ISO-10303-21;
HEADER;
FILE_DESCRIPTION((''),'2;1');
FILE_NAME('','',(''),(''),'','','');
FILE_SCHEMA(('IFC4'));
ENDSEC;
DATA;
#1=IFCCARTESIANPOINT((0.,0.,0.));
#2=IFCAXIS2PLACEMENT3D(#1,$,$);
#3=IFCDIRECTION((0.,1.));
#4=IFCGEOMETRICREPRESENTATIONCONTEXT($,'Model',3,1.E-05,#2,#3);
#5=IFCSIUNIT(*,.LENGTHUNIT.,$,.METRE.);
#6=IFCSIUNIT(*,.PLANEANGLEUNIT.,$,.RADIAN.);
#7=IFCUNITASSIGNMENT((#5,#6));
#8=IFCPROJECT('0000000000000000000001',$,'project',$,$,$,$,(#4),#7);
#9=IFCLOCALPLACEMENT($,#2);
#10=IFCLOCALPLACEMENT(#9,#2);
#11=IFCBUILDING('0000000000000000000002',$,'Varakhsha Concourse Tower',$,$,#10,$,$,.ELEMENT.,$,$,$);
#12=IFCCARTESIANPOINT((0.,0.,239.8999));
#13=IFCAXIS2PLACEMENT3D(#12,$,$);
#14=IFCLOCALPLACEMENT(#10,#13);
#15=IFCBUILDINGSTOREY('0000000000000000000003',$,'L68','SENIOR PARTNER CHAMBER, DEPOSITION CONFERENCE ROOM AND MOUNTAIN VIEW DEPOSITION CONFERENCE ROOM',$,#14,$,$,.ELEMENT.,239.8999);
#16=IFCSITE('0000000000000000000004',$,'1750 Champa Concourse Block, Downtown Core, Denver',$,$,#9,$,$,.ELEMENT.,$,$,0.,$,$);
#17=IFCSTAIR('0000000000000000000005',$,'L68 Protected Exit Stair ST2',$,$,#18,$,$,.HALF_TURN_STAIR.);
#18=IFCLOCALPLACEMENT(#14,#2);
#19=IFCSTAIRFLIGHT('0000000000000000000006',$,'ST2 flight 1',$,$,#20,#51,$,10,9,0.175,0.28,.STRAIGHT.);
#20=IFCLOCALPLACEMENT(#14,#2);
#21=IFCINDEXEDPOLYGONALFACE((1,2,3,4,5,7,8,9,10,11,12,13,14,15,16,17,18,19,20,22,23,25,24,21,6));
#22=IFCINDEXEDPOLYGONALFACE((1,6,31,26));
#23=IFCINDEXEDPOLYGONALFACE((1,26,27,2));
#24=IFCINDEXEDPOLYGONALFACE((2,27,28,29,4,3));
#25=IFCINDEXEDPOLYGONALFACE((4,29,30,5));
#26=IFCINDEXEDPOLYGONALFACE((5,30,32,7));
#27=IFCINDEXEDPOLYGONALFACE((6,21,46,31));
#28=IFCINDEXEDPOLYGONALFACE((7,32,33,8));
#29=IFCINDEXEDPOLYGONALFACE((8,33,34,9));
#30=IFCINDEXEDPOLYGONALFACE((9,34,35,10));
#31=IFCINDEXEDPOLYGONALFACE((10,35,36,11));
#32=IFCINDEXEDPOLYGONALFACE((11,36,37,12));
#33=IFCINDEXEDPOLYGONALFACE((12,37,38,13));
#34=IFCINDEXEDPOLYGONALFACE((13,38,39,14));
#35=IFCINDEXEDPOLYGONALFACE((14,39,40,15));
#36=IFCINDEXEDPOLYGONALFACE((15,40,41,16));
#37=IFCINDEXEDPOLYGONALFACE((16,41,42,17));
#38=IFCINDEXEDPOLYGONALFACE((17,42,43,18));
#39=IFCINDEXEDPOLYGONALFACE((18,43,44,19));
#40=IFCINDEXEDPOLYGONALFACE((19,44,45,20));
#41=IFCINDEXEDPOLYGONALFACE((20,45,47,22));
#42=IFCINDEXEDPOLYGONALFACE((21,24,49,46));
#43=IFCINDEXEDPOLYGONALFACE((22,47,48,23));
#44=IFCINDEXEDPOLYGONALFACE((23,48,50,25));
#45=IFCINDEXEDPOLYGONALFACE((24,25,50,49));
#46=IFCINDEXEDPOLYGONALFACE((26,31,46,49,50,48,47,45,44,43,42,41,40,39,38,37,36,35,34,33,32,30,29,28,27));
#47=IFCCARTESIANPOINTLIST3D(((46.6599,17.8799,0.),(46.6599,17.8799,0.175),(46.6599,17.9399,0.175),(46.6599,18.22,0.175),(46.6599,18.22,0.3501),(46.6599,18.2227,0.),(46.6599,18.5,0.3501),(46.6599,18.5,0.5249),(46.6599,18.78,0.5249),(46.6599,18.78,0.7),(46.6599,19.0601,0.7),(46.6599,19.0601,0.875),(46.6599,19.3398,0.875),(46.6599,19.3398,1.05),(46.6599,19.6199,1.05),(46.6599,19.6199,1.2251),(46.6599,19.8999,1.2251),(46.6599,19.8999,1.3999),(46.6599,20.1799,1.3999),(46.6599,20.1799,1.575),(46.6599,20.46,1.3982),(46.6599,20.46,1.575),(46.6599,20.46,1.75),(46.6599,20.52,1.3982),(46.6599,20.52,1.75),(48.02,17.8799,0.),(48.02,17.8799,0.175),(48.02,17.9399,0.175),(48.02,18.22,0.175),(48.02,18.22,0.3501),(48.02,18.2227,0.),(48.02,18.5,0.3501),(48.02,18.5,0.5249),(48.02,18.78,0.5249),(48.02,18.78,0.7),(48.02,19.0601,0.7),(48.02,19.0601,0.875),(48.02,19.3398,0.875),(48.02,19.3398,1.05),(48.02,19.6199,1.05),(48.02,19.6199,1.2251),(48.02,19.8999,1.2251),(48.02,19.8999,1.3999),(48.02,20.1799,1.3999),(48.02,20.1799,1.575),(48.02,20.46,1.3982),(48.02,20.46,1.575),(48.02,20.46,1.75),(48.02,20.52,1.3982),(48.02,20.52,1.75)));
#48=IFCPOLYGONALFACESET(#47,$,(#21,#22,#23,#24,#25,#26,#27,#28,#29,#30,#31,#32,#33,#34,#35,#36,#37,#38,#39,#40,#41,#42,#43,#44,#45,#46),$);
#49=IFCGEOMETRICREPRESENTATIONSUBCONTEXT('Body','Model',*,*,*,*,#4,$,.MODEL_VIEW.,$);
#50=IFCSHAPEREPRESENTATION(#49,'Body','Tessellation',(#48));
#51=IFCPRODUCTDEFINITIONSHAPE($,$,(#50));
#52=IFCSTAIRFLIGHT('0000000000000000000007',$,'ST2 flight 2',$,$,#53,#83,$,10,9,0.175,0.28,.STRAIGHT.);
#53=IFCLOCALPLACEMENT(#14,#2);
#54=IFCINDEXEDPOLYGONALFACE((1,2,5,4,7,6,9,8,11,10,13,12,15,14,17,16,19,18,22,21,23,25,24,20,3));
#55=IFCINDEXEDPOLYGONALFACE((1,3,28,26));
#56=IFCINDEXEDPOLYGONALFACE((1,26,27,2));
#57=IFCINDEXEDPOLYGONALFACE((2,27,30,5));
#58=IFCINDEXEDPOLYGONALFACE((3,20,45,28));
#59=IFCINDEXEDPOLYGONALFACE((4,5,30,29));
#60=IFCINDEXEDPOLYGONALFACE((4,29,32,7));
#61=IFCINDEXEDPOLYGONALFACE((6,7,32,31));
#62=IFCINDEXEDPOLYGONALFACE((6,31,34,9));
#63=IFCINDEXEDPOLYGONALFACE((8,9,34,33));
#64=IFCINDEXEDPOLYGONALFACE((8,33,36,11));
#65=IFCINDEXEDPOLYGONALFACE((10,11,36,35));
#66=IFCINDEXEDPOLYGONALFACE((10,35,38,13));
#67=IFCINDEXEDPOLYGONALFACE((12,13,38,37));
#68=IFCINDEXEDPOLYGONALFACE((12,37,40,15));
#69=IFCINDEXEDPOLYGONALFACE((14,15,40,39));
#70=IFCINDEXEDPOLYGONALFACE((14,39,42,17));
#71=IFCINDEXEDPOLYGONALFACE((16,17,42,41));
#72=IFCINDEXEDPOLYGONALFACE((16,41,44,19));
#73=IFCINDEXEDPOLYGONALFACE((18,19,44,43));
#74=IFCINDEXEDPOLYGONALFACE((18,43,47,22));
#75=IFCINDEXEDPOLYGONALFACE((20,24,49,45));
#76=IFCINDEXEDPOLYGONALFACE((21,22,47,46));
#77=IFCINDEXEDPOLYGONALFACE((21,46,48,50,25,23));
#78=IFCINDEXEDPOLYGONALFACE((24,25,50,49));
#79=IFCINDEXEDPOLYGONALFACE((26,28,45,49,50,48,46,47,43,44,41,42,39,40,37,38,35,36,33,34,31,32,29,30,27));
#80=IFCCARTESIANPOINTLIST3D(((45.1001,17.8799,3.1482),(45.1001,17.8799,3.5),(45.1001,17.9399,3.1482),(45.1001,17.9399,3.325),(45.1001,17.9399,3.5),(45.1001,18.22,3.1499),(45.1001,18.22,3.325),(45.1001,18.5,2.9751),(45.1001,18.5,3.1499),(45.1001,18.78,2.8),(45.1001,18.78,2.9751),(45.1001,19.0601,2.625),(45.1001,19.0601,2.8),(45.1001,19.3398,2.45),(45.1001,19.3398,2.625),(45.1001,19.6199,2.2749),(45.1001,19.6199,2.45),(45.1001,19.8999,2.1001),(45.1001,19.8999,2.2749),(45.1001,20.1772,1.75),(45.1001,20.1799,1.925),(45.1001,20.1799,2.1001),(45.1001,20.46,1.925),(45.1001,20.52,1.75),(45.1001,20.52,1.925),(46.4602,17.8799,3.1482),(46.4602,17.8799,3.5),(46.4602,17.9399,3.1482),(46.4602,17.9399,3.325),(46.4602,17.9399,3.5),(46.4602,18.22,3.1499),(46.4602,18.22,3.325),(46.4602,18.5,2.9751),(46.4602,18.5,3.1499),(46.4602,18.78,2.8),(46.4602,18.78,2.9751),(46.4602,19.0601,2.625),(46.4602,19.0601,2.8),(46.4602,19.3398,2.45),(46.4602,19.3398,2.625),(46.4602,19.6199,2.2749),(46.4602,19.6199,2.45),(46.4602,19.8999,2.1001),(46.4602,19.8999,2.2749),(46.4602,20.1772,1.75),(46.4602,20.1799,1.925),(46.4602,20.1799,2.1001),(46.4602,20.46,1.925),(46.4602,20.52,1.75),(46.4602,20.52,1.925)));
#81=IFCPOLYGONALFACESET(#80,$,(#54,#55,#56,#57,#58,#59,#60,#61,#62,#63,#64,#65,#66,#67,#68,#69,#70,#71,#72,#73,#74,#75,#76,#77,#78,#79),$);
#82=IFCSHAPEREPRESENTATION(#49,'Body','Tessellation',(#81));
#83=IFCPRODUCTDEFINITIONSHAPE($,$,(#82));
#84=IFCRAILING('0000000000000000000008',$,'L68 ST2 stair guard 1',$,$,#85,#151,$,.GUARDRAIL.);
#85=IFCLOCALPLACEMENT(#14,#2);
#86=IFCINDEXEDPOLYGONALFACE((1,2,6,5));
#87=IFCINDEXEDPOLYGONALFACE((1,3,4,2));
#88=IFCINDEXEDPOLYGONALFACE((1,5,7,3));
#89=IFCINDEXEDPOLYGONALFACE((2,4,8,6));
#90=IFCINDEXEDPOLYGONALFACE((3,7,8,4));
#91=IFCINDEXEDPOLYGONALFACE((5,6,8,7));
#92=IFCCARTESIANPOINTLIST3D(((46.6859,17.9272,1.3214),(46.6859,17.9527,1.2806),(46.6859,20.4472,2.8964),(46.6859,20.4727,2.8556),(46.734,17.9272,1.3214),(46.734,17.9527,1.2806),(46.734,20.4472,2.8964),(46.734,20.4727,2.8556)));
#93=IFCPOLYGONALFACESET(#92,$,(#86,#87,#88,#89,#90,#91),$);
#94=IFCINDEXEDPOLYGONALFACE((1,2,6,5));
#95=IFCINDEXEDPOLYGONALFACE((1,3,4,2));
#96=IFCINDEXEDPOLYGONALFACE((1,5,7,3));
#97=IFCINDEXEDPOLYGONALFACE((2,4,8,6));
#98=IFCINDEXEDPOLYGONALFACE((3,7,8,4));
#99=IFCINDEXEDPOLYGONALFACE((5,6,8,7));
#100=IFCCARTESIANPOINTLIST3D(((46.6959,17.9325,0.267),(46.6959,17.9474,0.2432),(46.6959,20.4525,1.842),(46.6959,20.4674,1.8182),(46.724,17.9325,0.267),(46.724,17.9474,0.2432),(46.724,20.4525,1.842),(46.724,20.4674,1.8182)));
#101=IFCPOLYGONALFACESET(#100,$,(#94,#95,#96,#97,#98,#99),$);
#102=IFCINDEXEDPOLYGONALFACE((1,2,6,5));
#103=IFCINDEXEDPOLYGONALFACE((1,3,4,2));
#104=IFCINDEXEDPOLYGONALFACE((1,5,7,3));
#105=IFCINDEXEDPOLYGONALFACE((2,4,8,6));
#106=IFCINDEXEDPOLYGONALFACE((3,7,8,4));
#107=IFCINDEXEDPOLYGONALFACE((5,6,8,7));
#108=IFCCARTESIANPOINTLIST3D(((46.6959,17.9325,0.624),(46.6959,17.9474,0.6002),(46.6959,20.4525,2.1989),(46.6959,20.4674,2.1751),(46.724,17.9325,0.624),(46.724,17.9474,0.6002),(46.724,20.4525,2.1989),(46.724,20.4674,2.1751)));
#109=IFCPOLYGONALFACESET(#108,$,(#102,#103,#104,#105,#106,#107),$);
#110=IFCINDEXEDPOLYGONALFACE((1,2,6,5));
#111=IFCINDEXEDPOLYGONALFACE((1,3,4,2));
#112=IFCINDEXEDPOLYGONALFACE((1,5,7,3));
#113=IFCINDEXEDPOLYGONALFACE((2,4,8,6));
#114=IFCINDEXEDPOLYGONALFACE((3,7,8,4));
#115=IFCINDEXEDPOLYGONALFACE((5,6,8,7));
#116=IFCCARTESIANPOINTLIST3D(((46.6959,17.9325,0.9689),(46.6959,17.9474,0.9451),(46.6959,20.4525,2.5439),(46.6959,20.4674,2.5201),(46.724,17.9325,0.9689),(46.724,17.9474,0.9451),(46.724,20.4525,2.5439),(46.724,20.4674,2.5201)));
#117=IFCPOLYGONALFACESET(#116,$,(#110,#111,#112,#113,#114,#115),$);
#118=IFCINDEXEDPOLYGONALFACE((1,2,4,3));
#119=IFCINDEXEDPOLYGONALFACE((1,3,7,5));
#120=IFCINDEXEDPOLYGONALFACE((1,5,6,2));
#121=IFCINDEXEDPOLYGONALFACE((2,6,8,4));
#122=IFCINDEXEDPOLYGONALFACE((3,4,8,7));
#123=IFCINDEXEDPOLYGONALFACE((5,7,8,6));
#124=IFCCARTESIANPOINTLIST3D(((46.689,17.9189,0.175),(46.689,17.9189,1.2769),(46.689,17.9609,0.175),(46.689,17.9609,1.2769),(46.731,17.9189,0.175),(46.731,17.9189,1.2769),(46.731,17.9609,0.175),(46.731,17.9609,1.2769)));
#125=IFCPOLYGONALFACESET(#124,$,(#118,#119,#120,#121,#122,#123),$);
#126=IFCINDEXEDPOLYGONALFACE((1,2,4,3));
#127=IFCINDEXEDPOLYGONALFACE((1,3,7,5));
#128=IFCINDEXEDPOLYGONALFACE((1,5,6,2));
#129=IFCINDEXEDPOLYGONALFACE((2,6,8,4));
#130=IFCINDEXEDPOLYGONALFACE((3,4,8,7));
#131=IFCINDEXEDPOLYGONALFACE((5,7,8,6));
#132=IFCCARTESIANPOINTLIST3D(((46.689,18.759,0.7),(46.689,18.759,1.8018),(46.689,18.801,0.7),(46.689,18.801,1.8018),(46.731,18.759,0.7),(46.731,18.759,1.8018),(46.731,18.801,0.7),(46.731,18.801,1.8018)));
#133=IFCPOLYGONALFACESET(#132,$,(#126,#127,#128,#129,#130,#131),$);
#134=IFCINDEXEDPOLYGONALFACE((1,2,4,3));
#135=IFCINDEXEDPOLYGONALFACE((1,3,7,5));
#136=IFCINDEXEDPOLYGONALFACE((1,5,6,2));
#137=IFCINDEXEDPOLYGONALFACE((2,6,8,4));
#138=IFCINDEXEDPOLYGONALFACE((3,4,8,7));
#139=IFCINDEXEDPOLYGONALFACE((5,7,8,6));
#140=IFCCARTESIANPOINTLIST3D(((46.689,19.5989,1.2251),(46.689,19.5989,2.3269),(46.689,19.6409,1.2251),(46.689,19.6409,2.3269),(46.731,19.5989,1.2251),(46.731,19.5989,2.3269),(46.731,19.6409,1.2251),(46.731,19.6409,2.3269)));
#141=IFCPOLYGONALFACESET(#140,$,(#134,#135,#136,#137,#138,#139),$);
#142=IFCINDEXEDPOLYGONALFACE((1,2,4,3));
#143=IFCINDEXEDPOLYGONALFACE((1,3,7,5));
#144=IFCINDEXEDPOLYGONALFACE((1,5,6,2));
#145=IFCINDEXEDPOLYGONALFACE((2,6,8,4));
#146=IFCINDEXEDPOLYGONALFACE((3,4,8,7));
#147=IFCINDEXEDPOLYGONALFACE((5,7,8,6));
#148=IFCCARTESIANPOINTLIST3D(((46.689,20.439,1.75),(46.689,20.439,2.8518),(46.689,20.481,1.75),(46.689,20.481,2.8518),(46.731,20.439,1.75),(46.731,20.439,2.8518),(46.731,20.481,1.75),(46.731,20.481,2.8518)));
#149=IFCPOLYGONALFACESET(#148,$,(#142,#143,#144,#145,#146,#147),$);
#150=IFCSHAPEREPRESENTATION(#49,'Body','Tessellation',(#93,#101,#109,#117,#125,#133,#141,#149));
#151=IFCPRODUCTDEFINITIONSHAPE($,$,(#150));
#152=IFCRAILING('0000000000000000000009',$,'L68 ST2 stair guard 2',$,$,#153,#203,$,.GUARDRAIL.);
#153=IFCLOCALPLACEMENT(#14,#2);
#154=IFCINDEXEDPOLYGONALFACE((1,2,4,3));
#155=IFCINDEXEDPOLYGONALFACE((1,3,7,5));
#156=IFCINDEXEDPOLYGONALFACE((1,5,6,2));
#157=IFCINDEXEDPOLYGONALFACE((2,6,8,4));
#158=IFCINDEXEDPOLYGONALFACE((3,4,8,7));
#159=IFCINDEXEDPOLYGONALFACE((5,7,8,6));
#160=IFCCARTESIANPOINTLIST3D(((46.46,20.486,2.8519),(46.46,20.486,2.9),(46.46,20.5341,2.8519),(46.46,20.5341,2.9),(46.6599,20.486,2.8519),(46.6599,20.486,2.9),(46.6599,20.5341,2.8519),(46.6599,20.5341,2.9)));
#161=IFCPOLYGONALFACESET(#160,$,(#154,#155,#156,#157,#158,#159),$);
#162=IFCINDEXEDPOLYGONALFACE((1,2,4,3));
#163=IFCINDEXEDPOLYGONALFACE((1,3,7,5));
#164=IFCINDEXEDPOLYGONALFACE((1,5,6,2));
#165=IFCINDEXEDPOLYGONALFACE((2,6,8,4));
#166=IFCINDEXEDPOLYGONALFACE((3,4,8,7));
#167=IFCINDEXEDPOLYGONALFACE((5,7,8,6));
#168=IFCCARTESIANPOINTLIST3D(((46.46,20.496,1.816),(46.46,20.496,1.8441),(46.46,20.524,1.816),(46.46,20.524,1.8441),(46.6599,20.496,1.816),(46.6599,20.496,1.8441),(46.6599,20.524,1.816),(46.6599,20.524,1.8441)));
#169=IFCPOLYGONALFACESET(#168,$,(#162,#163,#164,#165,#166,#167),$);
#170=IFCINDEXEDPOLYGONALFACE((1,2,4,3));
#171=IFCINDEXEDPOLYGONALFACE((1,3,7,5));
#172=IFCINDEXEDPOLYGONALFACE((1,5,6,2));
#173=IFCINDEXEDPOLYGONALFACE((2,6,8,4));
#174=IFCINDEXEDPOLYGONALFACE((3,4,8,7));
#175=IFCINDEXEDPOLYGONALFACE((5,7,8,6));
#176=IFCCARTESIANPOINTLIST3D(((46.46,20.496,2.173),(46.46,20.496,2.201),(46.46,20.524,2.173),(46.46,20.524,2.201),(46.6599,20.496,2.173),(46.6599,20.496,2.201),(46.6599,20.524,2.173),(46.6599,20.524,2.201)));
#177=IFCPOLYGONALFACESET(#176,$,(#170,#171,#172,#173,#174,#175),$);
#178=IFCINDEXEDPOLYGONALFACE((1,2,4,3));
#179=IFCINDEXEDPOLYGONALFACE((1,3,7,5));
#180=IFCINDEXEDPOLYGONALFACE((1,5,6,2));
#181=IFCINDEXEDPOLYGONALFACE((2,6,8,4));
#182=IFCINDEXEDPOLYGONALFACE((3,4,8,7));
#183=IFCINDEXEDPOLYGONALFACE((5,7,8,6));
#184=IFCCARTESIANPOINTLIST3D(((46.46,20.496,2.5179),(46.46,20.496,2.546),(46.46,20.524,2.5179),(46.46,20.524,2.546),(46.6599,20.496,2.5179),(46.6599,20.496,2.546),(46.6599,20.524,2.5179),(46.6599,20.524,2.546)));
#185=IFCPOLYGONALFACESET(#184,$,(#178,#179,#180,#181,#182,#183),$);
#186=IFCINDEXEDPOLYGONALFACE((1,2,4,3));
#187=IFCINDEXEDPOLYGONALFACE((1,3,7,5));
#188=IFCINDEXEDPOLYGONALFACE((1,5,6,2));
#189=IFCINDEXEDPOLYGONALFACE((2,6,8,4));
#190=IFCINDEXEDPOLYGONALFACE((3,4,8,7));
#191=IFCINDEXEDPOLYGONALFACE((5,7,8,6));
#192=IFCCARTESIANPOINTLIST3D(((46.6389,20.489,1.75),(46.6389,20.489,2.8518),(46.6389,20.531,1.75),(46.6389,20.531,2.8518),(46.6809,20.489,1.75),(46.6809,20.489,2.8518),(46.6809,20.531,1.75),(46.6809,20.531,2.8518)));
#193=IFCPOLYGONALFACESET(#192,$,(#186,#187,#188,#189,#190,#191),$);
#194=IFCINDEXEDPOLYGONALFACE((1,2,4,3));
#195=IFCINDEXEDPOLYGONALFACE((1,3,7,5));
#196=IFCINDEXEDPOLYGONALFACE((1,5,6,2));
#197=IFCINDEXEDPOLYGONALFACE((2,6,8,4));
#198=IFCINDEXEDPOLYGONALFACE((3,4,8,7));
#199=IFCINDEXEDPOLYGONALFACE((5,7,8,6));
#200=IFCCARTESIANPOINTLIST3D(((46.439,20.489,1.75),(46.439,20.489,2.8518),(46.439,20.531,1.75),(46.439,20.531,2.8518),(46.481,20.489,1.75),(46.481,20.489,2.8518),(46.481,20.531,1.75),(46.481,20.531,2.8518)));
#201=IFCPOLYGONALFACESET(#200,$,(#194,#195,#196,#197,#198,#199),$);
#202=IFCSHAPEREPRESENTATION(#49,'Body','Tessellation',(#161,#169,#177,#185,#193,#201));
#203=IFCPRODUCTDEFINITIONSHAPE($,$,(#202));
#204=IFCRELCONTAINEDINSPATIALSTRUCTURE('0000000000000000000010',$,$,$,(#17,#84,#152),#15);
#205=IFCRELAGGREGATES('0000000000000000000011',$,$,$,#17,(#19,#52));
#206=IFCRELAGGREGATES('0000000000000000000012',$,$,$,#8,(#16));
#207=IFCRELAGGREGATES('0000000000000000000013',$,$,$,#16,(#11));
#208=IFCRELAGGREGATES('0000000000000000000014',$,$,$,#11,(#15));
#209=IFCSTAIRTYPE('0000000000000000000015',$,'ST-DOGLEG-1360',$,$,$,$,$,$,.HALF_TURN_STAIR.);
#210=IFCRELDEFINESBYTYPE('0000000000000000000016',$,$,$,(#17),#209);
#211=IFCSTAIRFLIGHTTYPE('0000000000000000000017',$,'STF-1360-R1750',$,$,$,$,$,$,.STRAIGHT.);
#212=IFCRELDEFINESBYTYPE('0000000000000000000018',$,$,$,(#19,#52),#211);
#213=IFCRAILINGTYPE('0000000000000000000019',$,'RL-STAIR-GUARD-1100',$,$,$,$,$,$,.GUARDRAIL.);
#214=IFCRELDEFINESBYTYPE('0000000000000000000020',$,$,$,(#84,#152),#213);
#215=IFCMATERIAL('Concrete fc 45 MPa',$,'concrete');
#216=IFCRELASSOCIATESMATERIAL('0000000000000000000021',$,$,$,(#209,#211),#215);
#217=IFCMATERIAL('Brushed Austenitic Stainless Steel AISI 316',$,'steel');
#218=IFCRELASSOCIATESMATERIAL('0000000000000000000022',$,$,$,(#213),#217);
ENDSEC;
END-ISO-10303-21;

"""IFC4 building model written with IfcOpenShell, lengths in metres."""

from ifc_helpers import new_model, si_unit, direction, frame, origin, origin_2d, place, context, subcontext, project, spatial, polyline, rectangle, outline, extrude, material, type_object, element, aggregate, save


model = new_model("IFC4")

# Units and contexts
model_context = context("Model", 3, precision=1e-05, world=origin(), true_north=direction((0.0, 1.0)))
body_context = subcontext(model_context, "Body", "Model", "MODEL_VIEW")
ifc_project = project(units=[si_unit("LENGTHUNIT", "METRE"), si_unit("PLANEANGLEUNIT", "RADIAN")], contexts=[model_context])

# Site, building, storey
site_placement = place(None, origin())
site = spatial("IfcSite", under=ifc_project, at=site_placement, Name="1750 Champa Concourse Block, Downtown Core, Denver", CompositionType="ELEMENT", RefElevation=0.0)
building_placement = place(site_placement, origin())
building = spatial("IfcBuilding", under=site, at=building_placement, Name="Varakhsha Concourse Tower", CompositionType="ELEMENT")
storey_placement = place(building_placement, frame((0.0, 0.0, 239.8999)))
storey = spatial("IfcBuildingStorey", under=building, at=storey_placement, Name="L68", Description="SENIOR PARTNER CHAMBER, DEPOSITION CONFERENCE ROOM AND MOUNTAIN VIEW DEPOSITION CONFERENCE ROOM", CompositionType="ELEMENT", Elevation=239.8999)

# Shared definitions
ifc_material_1 = material(Name="Concrete fc 45 MPa", Category="concrete")

# Stair, stair flights
stair_type = type_object("IfcStairType", Name="ST-DOGLEG-1360", PredefinedType="HALF_TURN_STAIR", material=ifc_material_1)
stair_placement = place(storey_placement, origin())
stair = element("IfcStair", 1, at=stair_placement, inside=storey, type_object=stair_type, Name="L68 Protected Exit Stair ST2", PredefinedType="HALF_TURN_STAIR")
stair_flight_type = type_object("IfcStairFlightType", Name="STF-1360-R1750", PredefinedType="STRAIGHT", material=ifc_material_1)
stair_flight_1_placement = place(storey_placement, frame((47.3401, 17.9399, 0.0), z_axis=(0.0, 0.0, 1.0), x_axis=(0.0, 1.0, 0.0)))
stair_flight_1 = element("IfcStairFlight", 2, at=stair_flight_1_placement, type_object=stair_flight_type, Name="ST2 flight 1", NumberOfRisers=10, NumberOfTreads=9, PredefinedType="STRAIGHT", RiserHeight=0.175, TreadLength=0.28, context=body_context, shape_type="SweptSolid", body=[
    extrude(outline(polyline([(-0.0601, 0.0), (-0.0601, 0.175), (0.0, 0.175), (0.28, 0.175), (0.28, 0.3501), (0.5601, 0.3501), (0.5601, 0.5249), (0.8401, 0.5249), (0.8401, 0.7), (1.1201, 0.7), (1.1201, 0.875), (1.3999, 0.875), (1.3999, 1.05), (1.6799, 1.05), (1.6799, 1.2251), (1.96, 1.2251), (1.96, 1.3999), (2.24, 1.3999), (2.24, 1.575), (2.52, 1.575), (2.52, 1.75), (2.5801, 1.75), (2.5801, 1.3982), (2.52, 1.3982), (0.2827, 0.0), (-0.0601, 0.0)])), frame((0.0, 0.6802, 0.0), z_axis=(0.0, -1.0, 0.0), x_axis=(1.0, 0.0, 0.0)), (0.0, 0.0, 1.0), 1.3601),
])
stair_flight_2_placement = place(storey_placement, frame((45.78, 20.46, 1.75), z_axis=(0.0, 0.0, 1.0), x_axis=(0.0, -1.0, 0.0)))
stair_flight_2 = element("IfcStairFlight", 3, at=stair_flight_2_placement, type_object=stair_flight_type, Name="ST2 flight 2", NumberOfRisers=10, NumberOfTreads=9, PredefinedType="STRAIGHT", RiserHeight=0.175, TreadLength=0.28, context=body_context, shape_type="SweptSolid", body=[
    extrude(outline(polyline([(-0.0601, 0.0), (-0.0601, 0.175), (0.0, 0.175), (0.28, 0.175), (0.28, 0.3501), (0.5601, 0.3501), (0.5601, 0.5249), (0.8401, 0.5249), (0.8401, 0.7), (1.1201, 0.7), (1.1201, 0.875), (1.3999, 0.875), (1.3999, 1.05), (1.6799, 1.05), (1.6799, 1.2251), (1.96, 1.2251), (1.96, 1.3999), (2.24, 1.3999), (2.24, 1.575), (2.52, 1.575), (2.52, 1.75), (2.5801, 1.75), (2.5801, 1.3982), (2.52, 1.3982), (0.2827, 0.0), (-0.0601, 0.0)])), frame((0.0, 0.6802, 0.0), z_axis=(0.0, -1.0, 0.0), x_axis=(1.0, 0.0, 0.0)), (0.0, 0.0, 1.0), 1.3601),
])
aggregate(stair, [stair_flight_1, stair_flight_2])

# Railings
ifc_material_2 = material(Name="Brushed Austenitic Stainless Steel AISI 316", Category="steel")
railing_type_1 = type_object("IfcRailingType", Name="RL-STAIR-GUARD-1100", PredefinedType="GUARDRAIL", material=ifc_material_2)
railing_1_placement = place(storey_placement, frame((46.71, 17.9399, 0.175)))
element("IfcRailing", 4, at=railing_1_placement, inside=storey, type_object=railing_type_1, Name="L68 ST2 stair guard 1", PredefinedType="GUARDRAIL", context=body_context, shape_type="SweptSolid", body=[
    extrude(rectangle(XDim=0.0481, YDim=0.0481, at=origin_2d()), frame((0.0, 0.0, 1.126), z_axis=(0.0, 0.848008, 0.529984), x_axis=(-1.0, 0.0, 0.0)), (0.0, 0.0, 1.0), 2.9717),
    extrude(rectangle(XDim=0.0281, YDim=0.0281, at=origin_2d()), frame((0.0, 0.0, 0.0801), z_axis=(0.0, 0.848008, 0.529984), x_axis=(-1.0, 0.0, 0.0)), (0.0, 0.0, 1.0), 2.9717),
    extrude(rectangle(XDim=0.0281, YDim=0.0281, at=origin_2d()), frame((0.0, 0.0, 0.437), z_axis=(0.0, 0.848008, 0.529984), x_axis=(-1.0, 0.0, 0.0)), (0.0, 0.0, 1.0), 2.9717),
    extrude(rectangle(XDim=0.0281, YDim=0.0281, at=origin_2d()), frame((0.0, 0.0, 0.782), z_axis=(0.0, 0.848008, 0.529984), x_axis=(-1.0, 0.0, 0.0)), (0.0, 0.0, 1.0), 2.9717),
    extrude(rectangle(XDim=0.042, YDim=0.042, at=origin_2d()), origin(), (0.0, 0.0, 1.0), 1.1018),
    extrude(rectangle(XDim=0.042, YDim=0.042, at=origin_2d()), frame((0.0, 0.8401, 0.5249)), (0.0, 0.0, 1.0), 1.1018),
    extrude(rectangle(XDim=0.042, YDim=0.042, at=origin_2d()), frame((0.0, 1.6799, 1.05)), (0.0, 0.0, 1.0), 1.1018),
    extrude(rectangle(XDim=0.042, YDim=0.042, at=origin_2d()), frame((0.0, 2.52, 1.575)), (0.0, 0.0, 1.0), 1.1018),
])
railing_2_placement = place(storey_placement, frame((46.6599, 20.51, 1.75)))
element("IfcRailing", 5, at=railing_2_placement, inside=storey, type_object=railing_type_1, Name="L68 ST2 stair guard 2", PredefinedType="GUARDRAIL", context=body_context, shape_type="SweptSolid", body=[
    extrude(rectangle(XDim=0.0481, YDim=0.0481, at=origin_2d()), frame((0.0, 0.0, 1.126), z_axis=(-1.0, 0.0, 0.0), x_axis=(0.0, -1.0, 0.0)), (0.0, 0.0, 1.0), 0.2),
    extrude(rectangle(XDim=0.0281, YDim=0.0281, at=origin_2d()), frame((0.0, 0.0, 0.0801), z_axis=(-1.0, 0.0, 0.0), x_axis=(0.0, -1.0, 0.0)), (0.0, 0.0, 1.0), 0.2),
    extrude(rectangle(XDim=0.0281, YDim=0.0281, at=origin_2d()), frame((0.0, 0.0, 0.437), z_axis=(-1.0, 0.0, 0.0), x_axis=(0.0, -1.0, 0.0)), (0.0, 0.0, 1.0), 0.2),
    extrude(rectangle(XDim=0.0281, YDim=0.0281, at=origin_2d()), frame((0.0, 0.0, 0.782), z_axis=(-1.0, 0.0, 0.0), x_axis=(0.0, -1.0, 0.0)), (0.0, 0.0, 1.0), 0.2),
    extrude(rectangle(XDim=0.042, YDim=0.042, at=origin_2d()), origin(), (0.0, 0.0, 1.0), 1.1018),
    extrude(rectangle(XDim=0.042, YDim=0.042, at=origin_2d()), frame((-0.2, 0.0, 0.0)), (0.0, 0.0, 1.0), 1.1018),
])

save(model, "model.ifc")
